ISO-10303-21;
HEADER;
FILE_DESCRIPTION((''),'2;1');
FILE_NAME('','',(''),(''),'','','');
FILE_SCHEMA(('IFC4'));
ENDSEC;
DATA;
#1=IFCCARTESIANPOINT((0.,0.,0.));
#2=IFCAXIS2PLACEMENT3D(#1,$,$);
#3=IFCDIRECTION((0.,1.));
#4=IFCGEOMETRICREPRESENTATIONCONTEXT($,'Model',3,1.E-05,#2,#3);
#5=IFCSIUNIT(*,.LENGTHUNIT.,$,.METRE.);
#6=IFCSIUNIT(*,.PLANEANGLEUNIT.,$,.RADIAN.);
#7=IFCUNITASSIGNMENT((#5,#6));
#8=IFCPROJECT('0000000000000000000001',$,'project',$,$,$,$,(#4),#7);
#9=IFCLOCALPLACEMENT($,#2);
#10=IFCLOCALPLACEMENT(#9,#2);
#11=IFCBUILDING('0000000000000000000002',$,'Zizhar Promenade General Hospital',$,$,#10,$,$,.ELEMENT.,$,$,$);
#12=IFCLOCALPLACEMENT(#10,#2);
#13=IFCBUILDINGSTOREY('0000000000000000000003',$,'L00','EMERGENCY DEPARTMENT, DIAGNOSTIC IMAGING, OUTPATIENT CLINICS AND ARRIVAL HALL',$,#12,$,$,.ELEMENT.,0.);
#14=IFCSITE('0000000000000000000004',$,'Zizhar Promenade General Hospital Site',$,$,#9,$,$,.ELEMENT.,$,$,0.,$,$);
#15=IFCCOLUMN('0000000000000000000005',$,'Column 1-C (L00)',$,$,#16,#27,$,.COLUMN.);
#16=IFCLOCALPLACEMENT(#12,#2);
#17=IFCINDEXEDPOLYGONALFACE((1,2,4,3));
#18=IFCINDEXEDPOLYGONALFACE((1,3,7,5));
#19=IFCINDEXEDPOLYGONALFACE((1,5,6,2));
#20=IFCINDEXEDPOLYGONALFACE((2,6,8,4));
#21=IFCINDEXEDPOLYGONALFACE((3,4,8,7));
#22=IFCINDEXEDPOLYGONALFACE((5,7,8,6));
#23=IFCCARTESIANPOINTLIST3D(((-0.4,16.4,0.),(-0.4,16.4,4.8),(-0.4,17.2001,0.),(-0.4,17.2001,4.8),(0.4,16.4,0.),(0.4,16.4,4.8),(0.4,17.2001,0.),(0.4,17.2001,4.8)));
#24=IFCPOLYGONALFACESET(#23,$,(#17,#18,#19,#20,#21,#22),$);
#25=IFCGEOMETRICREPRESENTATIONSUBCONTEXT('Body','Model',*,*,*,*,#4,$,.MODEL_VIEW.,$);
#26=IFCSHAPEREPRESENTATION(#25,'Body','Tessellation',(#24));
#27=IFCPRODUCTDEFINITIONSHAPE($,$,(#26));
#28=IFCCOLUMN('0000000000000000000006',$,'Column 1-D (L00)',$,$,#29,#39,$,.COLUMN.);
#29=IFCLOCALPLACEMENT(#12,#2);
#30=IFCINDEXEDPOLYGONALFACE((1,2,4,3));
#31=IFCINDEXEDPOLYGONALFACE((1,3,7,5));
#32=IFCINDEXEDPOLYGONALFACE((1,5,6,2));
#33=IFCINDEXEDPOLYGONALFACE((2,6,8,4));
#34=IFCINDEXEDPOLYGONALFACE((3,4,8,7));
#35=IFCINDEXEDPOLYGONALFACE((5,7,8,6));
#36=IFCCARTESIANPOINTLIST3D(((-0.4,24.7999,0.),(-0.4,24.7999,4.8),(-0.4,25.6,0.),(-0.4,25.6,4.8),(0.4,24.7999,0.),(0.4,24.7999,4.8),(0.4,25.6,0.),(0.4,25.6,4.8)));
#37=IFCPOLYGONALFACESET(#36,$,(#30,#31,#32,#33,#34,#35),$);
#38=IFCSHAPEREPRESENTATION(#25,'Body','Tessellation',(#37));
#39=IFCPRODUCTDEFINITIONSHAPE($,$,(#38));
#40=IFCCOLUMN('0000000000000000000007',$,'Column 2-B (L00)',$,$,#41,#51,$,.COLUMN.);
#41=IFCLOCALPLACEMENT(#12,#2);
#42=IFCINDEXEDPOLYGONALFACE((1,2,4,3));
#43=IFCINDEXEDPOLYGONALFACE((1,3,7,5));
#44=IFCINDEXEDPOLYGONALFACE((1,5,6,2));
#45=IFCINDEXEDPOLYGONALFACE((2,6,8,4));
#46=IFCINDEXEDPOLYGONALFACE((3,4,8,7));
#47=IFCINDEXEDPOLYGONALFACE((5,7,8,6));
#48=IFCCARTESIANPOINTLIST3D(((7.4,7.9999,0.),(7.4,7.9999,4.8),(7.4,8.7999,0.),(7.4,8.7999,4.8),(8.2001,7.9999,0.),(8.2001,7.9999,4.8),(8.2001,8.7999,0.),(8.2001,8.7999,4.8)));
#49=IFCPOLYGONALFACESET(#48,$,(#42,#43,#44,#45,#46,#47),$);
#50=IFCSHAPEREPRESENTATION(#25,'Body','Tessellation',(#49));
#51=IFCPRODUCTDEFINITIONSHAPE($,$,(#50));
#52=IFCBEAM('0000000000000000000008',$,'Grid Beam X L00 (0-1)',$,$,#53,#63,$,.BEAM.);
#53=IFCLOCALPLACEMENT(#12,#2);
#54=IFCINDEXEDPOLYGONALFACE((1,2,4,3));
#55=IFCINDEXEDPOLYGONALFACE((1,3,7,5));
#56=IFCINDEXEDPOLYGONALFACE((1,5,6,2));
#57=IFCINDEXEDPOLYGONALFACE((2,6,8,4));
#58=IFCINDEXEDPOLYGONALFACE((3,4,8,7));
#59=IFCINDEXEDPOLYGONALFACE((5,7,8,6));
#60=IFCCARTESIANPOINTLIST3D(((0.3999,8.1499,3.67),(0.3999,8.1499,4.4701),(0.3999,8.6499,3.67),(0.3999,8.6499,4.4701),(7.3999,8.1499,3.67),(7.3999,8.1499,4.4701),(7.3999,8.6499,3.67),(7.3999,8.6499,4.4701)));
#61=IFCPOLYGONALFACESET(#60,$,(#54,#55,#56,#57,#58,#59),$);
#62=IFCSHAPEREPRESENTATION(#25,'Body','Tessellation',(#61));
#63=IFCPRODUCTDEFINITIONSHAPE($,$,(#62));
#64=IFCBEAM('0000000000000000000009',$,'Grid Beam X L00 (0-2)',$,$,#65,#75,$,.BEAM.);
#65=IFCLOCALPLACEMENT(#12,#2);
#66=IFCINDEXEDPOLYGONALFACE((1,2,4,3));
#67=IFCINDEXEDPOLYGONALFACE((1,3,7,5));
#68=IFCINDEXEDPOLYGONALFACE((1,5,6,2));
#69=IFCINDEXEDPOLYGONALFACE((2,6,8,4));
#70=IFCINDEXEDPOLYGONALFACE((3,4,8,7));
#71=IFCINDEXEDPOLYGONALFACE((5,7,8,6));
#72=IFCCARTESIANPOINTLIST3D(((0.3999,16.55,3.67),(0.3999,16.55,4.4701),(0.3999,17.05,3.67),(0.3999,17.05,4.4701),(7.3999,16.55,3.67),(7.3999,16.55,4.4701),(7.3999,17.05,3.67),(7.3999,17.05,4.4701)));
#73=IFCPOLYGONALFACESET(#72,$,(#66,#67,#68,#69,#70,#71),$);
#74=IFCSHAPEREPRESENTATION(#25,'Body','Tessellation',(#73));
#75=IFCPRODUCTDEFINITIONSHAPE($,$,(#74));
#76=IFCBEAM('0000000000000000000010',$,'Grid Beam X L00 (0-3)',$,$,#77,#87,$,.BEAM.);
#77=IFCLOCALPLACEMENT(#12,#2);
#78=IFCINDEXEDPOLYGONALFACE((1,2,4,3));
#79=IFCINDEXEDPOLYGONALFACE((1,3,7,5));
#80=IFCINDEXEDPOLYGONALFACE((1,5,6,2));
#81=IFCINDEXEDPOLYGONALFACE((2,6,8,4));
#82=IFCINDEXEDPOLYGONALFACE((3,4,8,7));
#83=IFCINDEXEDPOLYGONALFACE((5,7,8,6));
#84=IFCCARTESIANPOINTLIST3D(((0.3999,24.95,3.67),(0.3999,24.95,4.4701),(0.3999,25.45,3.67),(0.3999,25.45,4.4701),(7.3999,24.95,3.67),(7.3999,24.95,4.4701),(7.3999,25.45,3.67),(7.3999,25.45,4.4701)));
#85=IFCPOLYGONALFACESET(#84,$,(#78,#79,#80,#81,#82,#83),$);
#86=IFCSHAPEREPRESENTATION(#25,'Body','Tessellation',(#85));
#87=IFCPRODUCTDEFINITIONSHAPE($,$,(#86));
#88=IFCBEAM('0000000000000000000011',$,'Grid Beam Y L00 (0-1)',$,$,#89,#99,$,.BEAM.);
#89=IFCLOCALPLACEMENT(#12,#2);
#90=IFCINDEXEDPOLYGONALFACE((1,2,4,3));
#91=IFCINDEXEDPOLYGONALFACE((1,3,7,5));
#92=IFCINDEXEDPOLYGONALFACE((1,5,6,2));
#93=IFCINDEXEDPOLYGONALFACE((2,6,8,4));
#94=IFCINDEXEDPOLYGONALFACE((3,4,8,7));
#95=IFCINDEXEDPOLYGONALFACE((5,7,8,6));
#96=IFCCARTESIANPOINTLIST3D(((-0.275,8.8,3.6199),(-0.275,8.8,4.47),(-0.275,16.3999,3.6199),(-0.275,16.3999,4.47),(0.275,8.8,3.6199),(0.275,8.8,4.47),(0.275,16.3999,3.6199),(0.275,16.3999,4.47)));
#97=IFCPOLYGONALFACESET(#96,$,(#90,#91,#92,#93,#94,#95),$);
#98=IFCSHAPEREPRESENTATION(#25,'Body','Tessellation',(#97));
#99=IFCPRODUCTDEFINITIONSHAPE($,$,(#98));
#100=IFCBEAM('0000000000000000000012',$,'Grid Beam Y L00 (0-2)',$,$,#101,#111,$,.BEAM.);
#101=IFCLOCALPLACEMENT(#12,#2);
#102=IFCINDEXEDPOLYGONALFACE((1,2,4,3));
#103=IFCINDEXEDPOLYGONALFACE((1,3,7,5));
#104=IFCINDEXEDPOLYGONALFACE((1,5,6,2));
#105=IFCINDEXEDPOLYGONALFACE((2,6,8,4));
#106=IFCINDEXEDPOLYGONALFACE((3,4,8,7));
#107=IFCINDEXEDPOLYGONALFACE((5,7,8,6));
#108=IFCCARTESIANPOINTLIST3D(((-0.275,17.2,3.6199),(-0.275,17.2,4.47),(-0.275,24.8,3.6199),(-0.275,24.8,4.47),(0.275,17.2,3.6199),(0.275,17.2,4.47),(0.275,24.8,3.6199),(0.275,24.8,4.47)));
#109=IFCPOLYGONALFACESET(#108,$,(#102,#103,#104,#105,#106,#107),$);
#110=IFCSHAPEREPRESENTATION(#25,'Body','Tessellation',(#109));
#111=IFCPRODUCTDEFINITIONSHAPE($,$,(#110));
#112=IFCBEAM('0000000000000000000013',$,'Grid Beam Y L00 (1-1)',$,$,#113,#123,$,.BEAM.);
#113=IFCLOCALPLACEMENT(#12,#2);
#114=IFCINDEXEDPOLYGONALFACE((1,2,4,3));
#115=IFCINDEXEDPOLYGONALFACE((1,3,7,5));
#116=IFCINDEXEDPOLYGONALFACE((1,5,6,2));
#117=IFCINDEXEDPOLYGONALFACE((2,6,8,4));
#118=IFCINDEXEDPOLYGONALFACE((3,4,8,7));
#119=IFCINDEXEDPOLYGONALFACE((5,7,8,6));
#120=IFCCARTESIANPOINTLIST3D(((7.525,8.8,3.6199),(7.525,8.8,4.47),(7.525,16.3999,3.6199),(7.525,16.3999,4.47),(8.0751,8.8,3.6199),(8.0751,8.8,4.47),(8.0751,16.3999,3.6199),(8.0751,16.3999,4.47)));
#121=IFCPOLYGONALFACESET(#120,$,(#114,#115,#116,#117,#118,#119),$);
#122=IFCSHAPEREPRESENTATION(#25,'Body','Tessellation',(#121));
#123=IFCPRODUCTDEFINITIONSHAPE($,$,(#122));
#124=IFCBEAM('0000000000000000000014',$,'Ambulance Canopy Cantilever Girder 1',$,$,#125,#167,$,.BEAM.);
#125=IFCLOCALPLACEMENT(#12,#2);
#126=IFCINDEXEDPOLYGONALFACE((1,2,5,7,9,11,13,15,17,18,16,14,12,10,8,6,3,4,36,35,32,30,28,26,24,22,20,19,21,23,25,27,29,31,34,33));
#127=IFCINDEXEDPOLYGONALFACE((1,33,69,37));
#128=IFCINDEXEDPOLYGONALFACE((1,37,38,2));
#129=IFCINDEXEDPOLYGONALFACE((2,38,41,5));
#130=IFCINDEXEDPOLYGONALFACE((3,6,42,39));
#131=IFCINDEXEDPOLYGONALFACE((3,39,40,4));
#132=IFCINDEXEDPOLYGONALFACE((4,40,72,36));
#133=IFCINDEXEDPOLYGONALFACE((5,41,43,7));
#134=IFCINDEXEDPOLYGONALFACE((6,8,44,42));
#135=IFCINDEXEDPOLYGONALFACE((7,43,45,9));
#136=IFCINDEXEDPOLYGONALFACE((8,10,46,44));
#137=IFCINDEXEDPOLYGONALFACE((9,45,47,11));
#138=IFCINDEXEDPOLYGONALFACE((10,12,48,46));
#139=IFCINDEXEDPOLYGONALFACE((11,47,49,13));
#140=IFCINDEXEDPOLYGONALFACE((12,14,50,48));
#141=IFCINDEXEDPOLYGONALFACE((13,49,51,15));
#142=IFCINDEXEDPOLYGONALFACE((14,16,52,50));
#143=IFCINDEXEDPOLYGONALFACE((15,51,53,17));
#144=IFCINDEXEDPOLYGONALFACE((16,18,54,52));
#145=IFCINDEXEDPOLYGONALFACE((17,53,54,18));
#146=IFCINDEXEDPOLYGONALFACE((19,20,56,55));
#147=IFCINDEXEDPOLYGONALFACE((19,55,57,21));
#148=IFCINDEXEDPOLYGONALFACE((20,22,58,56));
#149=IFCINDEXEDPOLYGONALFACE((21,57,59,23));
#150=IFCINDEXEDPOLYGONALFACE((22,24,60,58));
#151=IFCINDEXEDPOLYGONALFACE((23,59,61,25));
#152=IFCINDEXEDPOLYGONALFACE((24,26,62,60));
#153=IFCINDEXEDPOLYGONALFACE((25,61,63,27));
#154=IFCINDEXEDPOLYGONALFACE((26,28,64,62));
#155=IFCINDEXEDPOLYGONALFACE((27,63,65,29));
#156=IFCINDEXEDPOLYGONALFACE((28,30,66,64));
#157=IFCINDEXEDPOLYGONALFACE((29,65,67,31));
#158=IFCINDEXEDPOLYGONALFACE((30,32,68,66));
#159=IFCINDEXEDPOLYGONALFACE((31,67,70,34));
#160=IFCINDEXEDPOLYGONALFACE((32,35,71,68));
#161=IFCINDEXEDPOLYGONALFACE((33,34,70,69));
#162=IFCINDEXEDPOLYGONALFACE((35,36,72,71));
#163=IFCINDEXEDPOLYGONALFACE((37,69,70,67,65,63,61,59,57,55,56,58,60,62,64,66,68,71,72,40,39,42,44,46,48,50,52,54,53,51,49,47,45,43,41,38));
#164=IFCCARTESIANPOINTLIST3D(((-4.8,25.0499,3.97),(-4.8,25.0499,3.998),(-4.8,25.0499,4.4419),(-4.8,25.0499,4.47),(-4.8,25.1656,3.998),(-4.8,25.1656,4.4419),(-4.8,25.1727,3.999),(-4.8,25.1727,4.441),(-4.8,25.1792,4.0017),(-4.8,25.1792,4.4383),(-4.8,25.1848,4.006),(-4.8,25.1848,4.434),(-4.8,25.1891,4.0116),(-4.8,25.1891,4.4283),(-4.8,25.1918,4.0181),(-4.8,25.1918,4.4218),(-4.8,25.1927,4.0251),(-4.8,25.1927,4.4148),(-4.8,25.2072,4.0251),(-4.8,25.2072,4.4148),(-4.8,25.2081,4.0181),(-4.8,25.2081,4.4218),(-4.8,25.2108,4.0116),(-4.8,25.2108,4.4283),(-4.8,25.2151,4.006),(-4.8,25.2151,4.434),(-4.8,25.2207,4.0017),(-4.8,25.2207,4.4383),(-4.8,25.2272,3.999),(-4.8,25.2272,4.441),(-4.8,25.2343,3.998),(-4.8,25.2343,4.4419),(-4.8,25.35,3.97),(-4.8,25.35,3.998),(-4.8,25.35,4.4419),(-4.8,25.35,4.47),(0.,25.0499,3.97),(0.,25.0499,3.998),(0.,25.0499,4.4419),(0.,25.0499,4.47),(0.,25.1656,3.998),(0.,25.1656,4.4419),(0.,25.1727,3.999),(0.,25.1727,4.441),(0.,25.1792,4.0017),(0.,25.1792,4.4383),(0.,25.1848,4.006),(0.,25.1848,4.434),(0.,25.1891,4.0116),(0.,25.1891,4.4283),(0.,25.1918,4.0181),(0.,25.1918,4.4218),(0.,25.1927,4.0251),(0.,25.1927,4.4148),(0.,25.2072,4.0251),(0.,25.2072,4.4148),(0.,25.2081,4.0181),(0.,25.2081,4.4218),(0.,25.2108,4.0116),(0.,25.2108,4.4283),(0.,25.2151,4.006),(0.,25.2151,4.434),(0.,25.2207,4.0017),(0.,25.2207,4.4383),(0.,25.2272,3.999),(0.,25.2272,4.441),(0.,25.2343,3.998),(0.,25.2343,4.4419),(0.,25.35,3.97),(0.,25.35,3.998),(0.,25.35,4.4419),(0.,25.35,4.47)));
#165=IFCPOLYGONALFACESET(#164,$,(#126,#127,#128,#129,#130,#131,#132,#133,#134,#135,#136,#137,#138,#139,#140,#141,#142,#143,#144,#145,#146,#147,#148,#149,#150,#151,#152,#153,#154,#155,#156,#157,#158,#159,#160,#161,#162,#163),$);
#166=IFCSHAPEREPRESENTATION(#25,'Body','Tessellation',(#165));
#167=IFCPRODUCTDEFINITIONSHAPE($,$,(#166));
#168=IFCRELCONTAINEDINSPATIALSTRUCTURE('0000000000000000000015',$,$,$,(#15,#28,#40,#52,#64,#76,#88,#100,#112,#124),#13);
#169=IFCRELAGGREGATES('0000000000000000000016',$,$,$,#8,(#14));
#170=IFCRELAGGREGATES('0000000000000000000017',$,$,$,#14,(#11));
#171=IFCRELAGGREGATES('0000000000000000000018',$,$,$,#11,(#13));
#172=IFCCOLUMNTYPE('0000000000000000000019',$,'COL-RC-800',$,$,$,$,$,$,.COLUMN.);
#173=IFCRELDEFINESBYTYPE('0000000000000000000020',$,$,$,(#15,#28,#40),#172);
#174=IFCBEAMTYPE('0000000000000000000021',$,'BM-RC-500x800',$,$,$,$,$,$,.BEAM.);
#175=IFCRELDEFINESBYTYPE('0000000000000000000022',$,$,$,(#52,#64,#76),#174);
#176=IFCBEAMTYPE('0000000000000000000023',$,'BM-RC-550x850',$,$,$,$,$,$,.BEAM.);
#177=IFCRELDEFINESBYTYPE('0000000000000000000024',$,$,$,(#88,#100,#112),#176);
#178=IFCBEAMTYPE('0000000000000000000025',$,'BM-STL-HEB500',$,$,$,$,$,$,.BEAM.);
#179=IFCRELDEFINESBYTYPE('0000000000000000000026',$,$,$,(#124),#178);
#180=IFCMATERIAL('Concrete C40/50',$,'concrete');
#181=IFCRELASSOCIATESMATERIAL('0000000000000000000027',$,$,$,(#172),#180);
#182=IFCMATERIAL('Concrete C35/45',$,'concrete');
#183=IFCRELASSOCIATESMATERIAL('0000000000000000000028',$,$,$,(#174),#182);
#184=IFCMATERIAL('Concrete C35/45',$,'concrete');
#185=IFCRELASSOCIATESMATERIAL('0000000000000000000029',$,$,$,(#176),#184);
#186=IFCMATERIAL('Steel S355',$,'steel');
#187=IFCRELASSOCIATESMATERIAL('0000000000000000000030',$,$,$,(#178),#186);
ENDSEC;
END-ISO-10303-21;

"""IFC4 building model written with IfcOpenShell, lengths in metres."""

from ifc_helpers import new_model, si_unit, direction, frame, origin, origin_2d, place, context, subcontext, project, spatial, rectangle, i_section, extrude, material, material_profile, profile_set, type_object, element, save


model = new_model("IFC4")

# Units and contexts
model_context = context("Model", 3, precision=1e-05, world=origin(), true_north=direction((0.0, 1.0)))
body_context = subcontext(model_context, "Body", "Model", "MODEL_VIEW")
ifc_project = project(units=[si_unit("LENGTHUNIT", "METRE"), si_unit("PLANEANGLEUNIT", "RADIAN")], contexts=[model_context])

# Site, building, storey
site_placement = place(None, origin())
site = spatial("IfcSite", under=ifc_project, at=site_placement, Name="Zizhar Promenade General Hospital Site", CompositionType="ELEMENT", RefElevation=0.0)
building_placement = place(site_placement, origin())
building = spatial("IfcBuilding", under=site, at=building_placement, Name="Zizhar Promenade General Hospital", CompositionType="ELEMENT")
storey_placement = place(building_placement, origin())
storey = spatial("IfcBuildingStorey", under=building, at=storey_placement, Name="L00", Description="EMERGENCY DEPARTMENT, DIAGNOSTIC IMAGING, OUTPATIENT CLINICS AND ARRIVAL HALL", CompositionType="ELEMENT", Elevation=0.0)

# Columns
ifc_material_1 = material(Name="Concrete C40/50", Category="concrete")
ifc_material_profile_1 = material_profile(ifc_material_1, rectangle(XDim=0.8, YDim=0.8, at=origin_2d()))
ifc_profile_set_1 = profile_set([ifc_material_profile_1], Name="Concrete C40/50")
column_type_1 = type_object("IfcColumnType", Name="COL-RC-800", PredefinedType="COLUMN", material=ifc_profile_set_1)
for number, where, z_axis, x_axis, name in (
    (1, (0.0, 16.8, 0.0), (0.0, 0.0, 1.0), (1.0, 0.0, 0.0), "Column 1-C (L00)"),
    (2, (0.0, 25.2, 0.0), (0.0, 0.0, 1.0), (1.0, 0.0, 0.0), "Column 1-D (L00)"),
    (3, (7.8, 8.3999, 0.0), (0.0, 0.0, 1.0), (1.0, 0.0, 0.0), "Column 2-B (L00)"),
):
    element("IfcColumn", number, at=place(storey_placement, frame(where, z_axis=z_axis, x_axis=x_axis)), inside=storey, type_object=column_type_1, Name=name, PredefinedType="COLUMN", context=body_context, shape_type="SweptSolid", body=[
        extrude(rectangle(XDim=0.8, YDim=0.8, at=origin_2d()), origin(), (0.0, 0.0, 1.0), 4.8),
    ])

# Beams
ifc_material_2 = material(Name="Concrete C35/45", Category="concrete")
ifc_material_profile_2 = material_profile(ifc_material_2, rectangle(XDim=0.5, YDim=0.8, at=origin_2d()))
ifc_profile_set_2 = profile_set([ifc_material_profile_2], Name="Concrete C35/45")
beam_type_1 = type_object("IfcBeamType", Name="BM-RC-500x800", PredefinedType="BEAM", material=ifc_profile_set_2)
for number, where, z_axis, x_axis, name in (
    (4, (0.3999, 8.3999, 4.0701), (1.0, 0.0, 0.0), (0.0, 1.0, 0.0), "Grid Beam X L00 (0-1)"),
    (5, (0.3999, 16.8, 4.0701), (1.0, 0.0, 0.0), (0.0, 1.0, 0.0), "Grid Beam X L00 (0-2)"),
    (6, (0.3999, 25.2, 4.0701), (1.0, 0.0, 0.0), (0.0, 1.0, 0.0), "Grid Beam X L00 (0-3)"),
):
    element("IfcBeam", number, at=place(storey_placement, frame(where, z_axis=z_axis, x_axis=x_axis)), inside=storey, type_object=beam_type_1, Name=name, PredefinedType="BEAM", context=body_context, shape_type="SweptSolid", body=[
        extrude(rectangle(XDim=0.5, YDim=0.8, at=origin_2d()), origin(), (0.0, 0.0, 1.0), 7.0),
    ])
ifc_material_3 = material(Name="Concrete C35/45", Category="concrete")
ifc_material_profile_3 = material_profile(ifc_material_3, rectangle(XDim=0.55, YDim=0.8501, at=origin_2d()))
ifc_profile_set_3 = profile_set([ifc_material_profile_3], Name="Concrete C35/45")
beam_type_2 = type_object("IfcBeamType", Name="BM-RC-550x850", PredefinedType="BEAM", material=ifc_profile_set_3)
beam_1_placement = place(storey_placement, frame((0.0, 8.8, 4.0449), z_axis=(0.0, 1.0, 0.0), x_axis=(-1.0, 0.0, 0.0)))
element("IfcBeam", 7, at=beam_1_placement, inside=storey, type_object=beam_type_2, Name="Grid Beam Y L00 (0-1)", PredefinedType="BEAM", context=body_context, shape_type="SweptSolid", body=[
    extrude(rectangle(XDim=0.55, YDim=0.8501, at=origin_2d()), origin(), (0.0, 0.0, 1.0), 7.5999),
])
beam_2_placement = place(storey_placement, frame((0.0, 17.2, 4.0449), z_axis=(0.0, 1.0, 0.0), x_axis=(-1.0, 0.0, 0.0)))
element("IfcBeam", 8, at=beam_2_placement, inside=storey, type_object=beam_type_2, Name="Grid Beam Y L00 (0-2)", PredefinedType="BEAM", context=body_context, shape_type="SweptSolid", body=[
    extrude(rectangle(XDim=0.55, YDim=0.8501, at=origin_2d()), origin(), (0.0, 0.0, 1.0), 7.6001),
])
beam_3_placement = place(storey_placement, frame((7.8, 8.8, 4.0449), z_axis=(0.0, 1.0, 0.0), x_axis=(-1.0, 0.0, 0.0)))
element("IfcBeam", 9, at=beam_3_placement, inside=storey, type_object=beam_type_2, Name="Grid Beam Y L00 (1-1)", PredefinedType="BEAM", context=body_context, shape_type="SweptSolid", body=[
    extrude(rectangle(XDim=0.55, YDim=0.8501, at=origin_2d()), origin(), (0.0, 0.0, 1.0), 7.5999),
])
ifc_material_4 = material(Name="Steel S355", Category="steel")
ifc_material_profile_4 = material_profile(ifc_material_4, i_section(OverallWidth=0.3, OverallDepth=0.5, WebThickness=0.0144, FlangeThickness=0.0281, FilletRadius=0.0271, at=origin_2d()))
ifc_profile_set_4 = profile_set([ifc_material_profile_4], Name="Steel S355")
beam_type_3 = type_object("IfcBeamType", Name="BM-STL-HEB500", PredefinedType="BEAM", material=ifc_profile_set_4)
beam_4_placement = place(storey_placement, frame((0.0, 25.2, 4.22), z_axis=(-1.0, 0.0, 0.0), x_axis=(0.0, -1.0, 0.0)))
element("IfcBeam", 10, at=beam_4_placement, inside=storey, type_object=beam_type_3, Name="Ambulance Canopy Cantilever Girder 1", PredefinedType="BEAM", context=body_context, shape_type="SweptSolid", body=[
    extrude(i_section(OverallWidth=0.3, OverallDepth=0.5, WebThickness=0.0144, FlangeThickness=0.0281, FilletRadius=0.0271, at=origin_2d()), origin(), (0.0, 0.0, 1.0), 4.8),
])

save(model, "model.ifc")
